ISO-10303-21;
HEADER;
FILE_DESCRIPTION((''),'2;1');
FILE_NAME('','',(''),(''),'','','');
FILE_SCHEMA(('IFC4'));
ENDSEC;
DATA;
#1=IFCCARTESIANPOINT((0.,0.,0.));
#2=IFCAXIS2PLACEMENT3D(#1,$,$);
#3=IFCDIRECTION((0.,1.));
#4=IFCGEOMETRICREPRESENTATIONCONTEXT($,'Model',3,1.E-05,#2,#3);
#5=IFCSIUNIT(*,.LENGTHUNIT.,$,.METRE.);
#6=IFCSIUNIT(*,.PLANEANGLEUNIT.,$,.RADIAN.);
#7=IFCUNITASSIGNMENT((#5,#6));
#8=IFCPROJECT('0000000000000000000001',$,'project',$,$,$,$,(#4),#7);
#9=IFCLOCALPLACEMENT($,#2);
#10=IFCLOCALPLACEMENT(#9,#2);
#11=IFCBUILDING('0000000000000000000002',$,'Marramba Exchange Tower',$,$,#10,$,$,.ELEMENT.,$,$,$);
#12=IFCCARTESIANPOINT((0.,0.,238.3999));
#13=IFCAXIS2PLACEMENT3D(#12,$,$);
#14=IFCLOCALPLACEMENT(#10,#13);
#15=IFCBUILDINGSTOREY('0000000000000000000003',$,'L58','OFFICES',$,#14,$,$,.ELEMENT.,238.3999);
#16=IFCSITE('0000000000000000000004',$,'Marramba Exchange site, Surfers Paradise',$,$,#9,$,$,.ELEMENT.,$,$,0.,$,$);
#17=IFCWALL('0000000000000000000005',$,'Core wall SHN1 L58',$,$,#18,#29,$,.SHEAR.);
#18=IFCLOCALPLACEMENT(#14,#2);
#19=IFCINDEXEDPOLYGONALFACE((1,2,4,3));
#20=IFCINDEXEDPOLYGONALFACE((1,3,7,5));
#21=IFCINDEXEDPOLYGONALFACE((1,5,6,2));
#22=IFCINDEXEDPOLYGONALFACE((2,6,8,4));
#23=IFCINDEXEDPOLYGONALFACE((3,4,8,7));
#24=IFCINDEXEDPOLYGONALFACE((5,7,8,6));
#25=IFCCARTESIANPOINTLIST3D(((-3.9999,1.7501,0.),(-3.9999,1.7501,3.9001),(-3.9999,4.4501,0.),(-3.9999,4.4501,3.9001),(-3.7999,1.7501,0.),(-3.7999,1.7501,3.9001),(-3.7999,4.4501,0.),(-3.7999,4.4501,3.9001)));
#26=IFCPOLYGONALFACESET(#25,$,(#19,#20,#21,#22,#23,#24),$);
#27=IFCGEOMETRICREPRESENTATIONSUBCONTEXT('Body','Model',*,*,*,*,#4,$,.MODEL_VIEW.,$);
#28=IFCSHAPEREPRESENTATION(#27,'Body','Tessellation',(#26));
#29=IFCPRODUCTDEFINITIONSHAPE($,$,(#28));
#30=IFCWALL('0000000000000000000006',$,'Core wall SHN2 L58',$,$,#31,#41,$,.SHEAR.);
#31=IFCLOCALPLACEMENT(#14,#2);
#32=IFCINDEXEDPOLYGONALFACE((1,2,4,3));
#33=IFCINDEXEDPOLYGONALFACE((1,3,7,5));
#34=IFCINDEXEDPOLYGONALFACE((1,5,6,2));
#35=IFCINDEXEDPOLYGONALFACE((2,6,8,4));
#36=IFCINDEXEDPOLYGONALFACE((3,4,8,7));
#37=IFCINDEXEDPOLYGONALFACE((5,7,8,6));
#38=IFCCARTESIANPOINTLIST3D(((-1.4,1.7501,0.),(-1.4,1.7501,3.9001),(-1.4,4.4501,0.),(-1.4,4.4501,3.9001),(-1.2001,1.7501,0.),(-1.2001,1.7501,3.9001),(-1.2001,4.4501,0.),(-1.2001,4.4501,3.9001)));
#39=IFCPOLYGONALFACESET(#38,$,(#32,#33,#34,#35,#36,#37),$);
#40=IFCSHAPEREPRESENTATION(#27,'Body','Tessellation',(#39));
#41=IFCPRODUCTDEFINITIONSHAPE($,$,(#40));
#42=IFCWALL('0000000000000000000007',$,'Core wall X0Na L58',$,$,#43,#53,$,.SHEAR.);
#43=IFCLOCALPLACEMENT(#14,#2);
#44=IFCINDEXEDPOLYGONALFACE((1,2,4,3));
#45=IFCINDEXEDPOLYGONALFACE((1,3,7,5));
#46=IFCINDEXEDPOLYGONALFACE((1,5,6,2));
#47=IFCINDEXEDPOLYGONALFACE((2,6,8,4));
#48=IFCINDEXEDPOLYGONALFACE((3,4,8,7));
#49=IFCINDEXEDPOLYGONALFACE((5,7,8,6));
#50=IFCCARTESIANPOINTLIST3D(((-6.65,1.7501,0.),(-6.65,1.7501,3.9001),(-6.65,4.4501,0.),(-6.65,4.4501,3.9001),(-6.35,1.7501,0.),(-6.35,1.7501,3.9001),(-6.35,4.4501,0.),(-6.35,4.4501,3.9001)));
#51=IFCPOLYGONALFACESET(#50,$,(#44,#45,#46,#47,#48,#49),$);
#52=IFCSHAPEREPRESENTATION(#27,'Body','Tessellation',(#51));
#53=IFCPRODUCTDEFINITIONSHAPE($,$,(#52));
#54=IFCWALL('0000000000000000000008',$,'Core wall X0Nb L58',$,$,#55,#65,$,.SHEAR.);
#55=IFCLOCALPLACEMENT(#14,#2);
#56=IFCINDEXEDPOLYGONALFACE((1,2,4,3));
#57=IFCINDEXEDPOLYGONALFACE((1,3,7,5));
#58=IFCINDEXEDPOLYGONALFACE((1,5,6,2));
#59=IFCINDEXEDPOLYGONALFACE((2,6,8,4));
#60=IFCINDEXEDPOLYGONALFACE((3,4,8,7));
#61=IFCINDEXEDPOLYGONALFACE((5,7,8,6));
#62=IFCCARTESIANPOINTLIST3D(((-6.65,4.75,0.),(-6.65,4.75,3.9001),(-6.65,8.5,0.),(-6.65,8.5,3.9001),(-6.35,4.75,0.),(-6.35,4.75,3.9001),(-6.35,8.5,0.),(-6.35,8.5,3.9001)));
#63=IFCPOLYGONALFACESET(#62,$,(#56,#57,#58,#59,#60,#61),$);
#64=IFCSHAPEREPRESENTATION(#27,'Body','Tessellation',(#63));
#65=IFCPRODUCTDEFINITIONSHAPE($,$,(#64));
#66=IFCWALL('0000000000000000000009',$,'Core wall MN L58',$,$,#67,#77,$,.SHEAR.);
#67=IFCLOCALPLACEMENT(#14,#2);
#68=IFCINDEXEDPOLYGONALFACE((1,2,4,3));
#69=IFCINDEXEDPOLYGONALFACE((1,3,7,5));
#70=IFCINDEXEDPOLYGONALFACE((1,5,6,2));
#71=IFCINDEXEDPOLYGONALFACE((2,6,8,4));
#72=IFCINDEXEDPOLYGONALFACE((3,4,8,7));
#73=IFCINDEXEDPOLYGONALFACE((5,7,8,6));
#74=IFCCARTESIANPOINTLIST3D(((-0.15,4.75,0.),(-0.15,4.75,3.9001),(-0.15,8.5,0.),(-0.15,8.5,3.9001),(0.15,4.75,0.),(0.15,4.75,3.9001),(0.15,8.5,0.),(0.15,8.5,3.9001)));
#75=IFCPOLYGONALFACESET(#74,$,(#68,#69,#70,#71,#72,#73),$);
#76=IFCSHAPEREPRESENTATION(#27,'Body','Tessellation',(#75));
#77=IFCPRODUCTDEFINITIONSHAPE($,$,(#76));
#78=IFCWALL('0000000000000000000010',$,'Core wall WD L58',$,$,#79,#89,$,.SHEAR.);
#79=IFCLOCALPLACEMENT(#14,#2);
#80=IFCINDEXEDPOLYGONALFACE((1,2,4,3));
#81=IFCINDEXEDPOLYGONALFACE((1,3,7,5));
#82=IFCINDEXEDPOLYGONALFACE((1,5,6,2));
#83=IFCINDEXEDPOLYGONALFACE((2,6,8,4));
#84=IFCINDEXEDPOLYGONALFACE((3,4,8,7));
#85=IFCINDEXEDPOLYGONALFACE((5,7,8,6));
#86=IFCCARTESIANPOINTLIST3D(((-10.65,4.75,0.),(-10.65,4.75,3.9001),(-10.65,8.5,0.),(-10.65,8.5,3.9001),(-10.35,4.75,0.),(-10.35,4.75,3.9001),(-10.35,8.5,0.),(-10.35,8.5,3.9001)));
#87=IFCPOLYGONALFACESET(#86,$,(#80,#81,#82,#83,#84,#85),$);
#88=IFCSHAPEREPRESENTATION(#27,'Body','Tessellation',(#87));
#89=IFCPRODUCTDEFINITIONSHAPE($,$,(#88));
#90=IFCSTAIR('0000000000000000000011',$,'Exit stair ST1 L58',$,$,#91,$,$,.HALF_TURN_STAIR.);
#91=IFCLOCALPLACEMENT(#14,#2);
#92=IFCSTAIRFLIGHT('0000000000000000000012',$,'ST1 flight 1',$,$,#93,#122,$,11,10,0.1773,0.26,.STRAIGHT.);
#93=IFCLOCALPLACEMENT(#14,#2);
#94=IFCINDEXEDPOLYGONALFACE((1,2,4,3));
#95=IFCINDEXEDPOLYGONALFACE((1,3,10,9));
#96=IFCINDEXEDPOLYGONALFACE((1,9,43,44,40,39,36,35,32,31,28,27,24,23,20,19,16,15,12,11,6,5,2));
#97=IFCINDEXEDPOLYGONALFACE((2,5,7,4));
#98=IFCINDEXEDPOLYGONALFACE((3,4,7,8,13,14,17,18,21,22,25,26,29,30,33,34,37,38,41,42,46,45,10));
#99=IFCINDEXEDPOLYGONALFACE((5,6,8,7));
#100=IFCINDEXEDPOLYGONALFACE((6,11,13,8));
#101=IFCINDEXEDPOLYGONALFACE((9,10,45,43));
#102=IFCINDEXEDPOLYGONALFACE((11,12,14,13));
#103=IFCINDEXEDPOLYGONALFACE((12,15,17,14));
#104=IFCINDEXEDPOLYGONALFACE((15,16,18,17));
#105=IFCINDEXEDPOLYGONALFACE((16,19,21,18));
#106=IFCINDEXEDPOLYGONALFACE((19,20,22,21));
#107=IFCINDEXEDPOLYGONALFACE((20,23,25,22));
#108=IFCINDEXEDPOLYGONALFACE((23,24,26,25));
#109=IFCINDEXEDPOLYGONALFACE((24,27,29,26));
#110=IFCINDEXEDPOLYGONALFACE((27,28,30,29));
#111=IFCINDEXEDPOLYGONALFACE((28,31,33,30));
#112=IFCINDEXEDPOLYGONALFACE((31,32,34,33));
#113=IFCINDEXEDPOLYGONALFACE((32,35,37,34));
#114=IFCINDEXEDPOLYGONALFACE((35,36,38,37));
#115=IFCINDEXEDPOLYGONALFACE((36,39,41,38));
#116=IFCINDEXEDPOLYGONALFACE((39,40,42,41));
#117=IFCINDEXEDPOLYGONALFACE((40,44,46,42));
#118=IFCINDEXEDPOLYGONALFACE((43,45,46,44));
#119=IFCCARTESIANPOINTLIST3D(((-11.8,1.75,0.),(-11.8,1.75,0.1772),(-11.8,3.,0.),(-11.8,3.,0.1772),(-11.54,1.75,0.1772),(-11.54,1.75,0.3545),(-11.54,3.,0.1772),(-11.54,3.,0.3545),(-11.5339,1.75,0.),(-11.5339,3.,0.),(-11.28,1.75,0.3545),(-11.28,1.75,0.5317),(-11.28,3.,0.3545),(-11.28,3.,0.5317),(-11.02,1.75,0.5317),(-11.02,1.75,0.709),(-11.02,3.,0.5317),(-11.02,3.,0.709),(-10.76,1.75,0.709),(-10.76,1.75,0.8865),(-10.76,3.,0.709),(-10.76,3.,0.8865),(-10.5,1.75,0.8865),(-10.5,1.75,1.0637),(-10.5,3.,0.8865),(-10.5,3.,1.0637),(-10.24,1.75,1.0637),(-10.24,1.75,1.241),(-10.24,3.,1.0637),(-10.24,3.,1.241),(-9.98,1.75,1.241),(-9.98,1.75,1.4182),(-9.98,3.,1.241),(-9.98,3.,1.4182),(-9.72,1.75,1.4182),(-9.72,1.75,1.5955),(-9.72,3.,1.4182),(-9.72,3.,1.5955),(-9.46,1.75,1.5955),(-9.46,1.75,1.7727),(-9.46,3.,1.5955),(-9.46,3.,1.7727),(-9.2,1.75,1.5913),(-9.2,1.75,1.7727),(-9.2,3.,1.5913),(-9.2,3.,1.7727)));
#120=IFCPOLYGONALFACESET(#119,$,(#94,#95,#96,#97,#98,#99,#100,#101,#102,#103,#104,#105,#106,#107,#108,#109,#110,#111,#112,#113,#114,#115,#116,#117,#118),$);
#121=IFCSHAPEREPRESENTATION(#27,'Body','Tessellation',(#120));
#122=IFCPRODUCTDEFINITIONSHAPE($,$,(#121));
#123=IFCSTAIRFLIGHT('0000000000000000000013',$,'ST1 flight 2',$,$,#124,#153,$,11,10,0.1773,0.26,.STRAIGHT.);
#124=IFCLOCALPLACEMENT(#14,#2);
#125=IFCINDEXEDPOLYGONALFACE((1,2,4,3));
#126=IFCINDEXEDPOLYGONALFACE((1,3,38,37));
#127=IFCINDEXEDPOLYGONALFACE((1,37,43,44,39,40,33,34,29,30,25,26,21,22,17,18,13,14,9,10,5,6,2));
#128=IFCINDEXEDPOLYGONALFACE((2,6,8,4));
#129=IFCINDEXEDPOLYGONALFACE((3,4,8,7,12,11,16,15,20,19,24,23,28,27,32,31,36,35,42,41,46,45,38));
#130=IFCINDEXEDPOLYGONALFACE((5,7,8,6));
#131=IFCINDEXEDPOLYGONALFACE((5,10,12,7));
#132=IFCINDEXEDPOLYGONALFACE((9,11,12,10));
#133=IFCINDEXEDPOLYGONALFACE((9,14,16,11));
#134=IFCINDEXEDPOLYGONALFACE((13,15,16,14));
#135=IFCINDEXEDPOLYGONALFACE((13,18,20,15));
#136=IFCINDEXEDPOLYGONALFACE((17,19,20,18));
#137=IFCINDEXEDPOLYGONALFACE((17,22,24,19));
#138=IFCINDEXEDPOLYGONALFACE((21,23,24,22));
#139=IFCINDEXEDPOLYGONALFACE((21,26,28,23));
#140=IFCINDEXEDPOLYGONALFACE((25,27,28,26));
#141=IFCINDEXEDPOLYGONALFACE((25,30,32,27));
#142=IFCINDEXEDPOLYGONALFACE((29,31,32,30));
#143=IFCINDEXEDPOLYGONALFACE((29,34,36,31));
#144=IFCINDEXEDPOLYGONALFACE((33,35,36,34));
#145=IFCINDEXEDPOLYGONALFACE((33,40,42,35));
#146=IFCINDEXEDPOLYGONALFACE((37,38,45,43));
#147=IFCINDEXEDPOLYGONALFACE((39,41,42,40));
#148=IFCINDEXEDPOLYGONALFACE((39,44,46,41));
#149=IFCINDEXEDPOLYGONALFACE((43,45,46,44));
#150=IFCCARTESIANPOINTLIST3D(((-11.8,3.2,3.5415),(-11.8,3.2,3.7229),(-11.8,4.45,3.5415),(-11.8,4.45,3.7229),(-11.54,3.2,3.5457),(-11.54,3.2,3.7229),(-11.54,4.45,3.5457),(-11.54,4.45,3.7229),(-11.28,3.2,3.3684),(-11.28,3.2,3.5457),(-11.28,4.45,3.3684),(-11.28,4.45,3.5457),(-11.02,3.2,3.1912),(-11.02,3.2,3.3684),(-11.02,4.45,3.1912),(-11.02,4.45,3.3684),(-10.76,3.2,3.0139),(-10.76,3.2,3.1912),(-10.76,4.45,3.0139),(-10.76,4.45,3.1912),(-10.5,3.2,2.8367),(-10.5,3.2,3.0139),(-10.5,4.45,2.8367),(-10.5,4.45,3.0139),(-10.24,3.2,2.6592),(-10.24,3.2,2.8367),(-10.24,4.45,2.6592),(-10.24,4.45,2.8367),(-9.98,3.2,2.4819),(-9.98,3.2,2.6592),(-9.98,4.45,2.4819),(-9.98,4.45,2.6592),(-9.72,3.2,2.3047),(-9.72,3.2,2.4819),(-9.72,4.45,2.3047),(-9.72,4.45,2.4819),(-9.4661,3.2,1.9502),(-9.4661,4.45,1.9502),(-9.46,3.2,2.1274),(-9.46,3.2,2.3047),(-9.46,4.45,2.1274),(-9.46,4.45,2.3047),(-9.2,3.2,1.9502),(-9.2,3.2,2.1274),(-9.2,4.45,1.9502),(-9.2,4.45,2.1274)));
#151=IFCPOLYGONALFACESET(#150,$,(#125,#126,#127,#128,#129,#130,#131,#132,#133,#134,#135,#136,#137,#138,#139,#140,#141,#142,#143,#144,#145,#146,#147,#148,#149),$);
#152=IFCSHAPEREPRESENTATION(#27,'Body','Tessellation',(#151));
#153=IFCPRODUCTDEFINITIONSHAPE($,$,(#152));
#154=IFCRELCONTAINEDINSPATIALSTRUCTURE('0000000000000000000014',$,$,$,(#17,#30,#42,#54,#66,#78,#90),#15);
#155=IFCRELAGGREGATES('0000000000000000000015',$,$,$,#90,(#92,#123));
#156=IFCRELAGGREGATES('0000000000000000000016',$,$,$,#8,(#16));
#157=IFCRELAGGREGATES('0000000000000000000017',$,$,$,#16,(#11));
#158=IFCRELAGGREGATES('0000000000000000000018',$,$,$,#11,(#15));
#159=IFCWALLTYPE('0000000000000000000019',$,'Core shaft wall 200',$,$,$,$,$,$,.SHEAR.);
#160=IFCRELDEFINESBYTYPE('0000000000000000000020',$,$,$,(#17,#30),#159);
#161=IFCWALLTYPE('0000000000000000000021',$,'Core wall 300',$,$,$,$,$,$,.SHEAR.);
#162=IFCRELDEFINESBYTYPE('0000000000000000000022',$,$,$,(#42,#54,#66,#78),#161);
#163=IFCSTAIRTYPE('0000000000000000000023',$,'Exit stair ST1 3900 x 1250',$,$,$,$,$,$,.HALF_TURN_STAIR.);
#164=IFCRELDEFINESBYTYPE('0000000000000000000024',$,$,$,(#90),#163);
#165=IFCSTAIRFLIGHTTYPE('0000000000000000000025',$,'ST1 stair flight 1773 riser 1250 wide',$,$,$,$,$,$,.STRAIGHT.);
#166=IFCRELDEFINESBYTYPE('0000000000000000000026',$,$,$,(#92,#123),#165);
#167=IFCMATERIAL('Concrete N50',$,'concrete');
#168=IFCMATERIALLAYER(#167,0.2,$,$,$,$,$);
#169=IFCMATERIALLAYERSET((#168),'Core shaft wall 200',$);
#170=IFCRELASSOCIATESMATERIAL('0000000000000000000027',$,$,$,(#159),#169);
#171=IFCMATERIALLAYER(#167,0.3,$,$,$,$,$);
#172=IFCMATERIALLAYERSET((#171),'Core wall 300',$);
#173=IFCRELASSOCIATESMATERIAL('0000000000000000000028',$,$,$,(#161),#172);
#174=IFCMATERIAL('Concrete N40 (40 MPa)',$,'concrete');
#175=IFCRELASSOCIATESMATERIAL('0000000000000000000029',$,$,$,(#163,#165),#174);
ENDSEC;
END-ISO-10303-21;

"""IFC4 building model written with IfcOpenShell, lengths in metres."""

from ifc_helpers import new_model, si_unit, direction, frame, frame_2d, origin, place, context, subcontext, project, spatial, polyline, rectangle, outline, extrude, material, layer, layer_set, type_object, element, aggregate, save


model = new_model("IFC4")

# Units and contexts
model_context = context("Model", 3, precision=1e-05, world=origin(), true_north=direction((0.0, 1.0)))
body_context = subcontext(model_context, "Body", "Model", "MODEL_VIEW")
ifc_project = project(units=[si_unit("LENGTHUNIT", "METRE"), si_unit("PLANEANGLEUNIT", "RADIAN")], contexts=[model_context])

# Site, building, storey
site_placement = place(None, origin())
site = spatial("IfcSite", under=ifc_project, at=site_placement, Name="Marramba Exchange site, Surfers Paradise", CompositionType="ELEMENT", RefElevation=0.0)
building_placement = place(site_placement, origin())
building = spatial("IfcBuilding", under=site, at=building_placement, Name="Marramba Exchange Tower", CompositionType="ELEMENT")
storey_placement = place(building_placement, frame((0.0, 0.0, 238.3999)))
storey = spatial("IfcBuildingStorey", under=building, at=storey_placement, Name="L58", Description="OFFICES", CompositionType="ELEMENT", Elevation=238.3999)

# Shared definitions
ifc_material_1 = material(Name="Concrete N50", Category="concrete")

# Walls
ifc_layer_1 = layer(ifc_material_1, 0.2)
ifc_layer_set_1 = layer_set([ifc_layer_1], Name="Core shaft wall 200")
wall_type_1 = type_object("IfcWallType", Name="Core shaft wall 200", PredefinedType="SHEAR", material=ifc_layer_set_1)
for number, where, z_axis, x_axis, name in (
    (1, (-3.8999, 1.75, 0.0), (0.0, 0.0, 1.0), (0.0, 1.0, 0.0), "Core wall SHN1 L58"),
    (2, (-1.3, 1.75, 0.0), (0.0, 0.0, 1.0), (0.0, 1.0, 0.0), "Core wall SHN2 L58"),
):
    element("IfcWall", number, at=place(storey_placement, frame(where, z_axis=z_axis, x_axis=x_axis)), inside=storey, type_object=wall_type_1, Name=name, PredefinedType="SHEAR", context=body_context, shape_type="SweptSolid", body=[
        extrude(rectangle(XDim=2.7, YDim=0.2, at=frame_2d((1.3501, 0.0))), origin(), (0.0, 0.0, 1.0), 3.9001),
    ])
ifc_layer_2 = layer(ifc_material_1, 0.3)
ifc_layer_set_2 = layer_set([ifc_layer_2], Name="Core wall 300")
wall_type_2 = type_object("IfcWallType", Name="Core wall 300", PredefinedType="SHEAR", material=ifc_layer_set_2)
wall_1_placement = place(storey_placement, frame((-6.5, 1.75, 0.0), z_axis=(0.0, 0.0, 1.0), x_axis=(0.0, 1.0, 0.0)))
element("IfcWall", 3, at=wall_1_placement, inside=storey, type_object=wall_type_2, Name="Core wall X0Na L58", PredefinedType="SHEAR", context=body_context, shape_type="SweptSolid", body=[
    extrude(rectangle(XDim=2.7, YDim=0.3, at=frame_2d((1.3501, 0.0))), origin(), (0.0, 0.0, 1.0), 3.9001),
])
for number, where, z_axis, x_axis, name in (
    (4, (-6.5, 4.75, 0.0), (0.0, 0.0, 1.0), (0.0, 1.0, 0.0), "Core wall X0Nb L58"),
    (5, (0.0, 4.75, 0.0), (0.0, 0.0, 1.0), (0.0, 1.0, 0.0), "Core wall MN L58"),
    (6, (-10.5, 4.75, 0.0), (0.0, 0.0, 1.0), (0.0, 1.0, 0.0), "Core wall WD L58"),
):
    element("IfcWall", number, at=place(storey_placement, frame(where, z_axis=z_axis, x_axis=x_axis)), inside=storey, type_object=wall_type_2, Name=name, PredefinedType="SHEAR", context=body_context, shape_type="SweptSolid", body=[
        extrude(rectangle(XDim=3.75, YDim=0.3, at=frame_2d((1.875, 0.0))), origin(), (0.0, 0.0, 1.0), 3.9001),
    ])

# Stair, stair flights
ifc_material_2 = material(Name="Concrete N40 (40 MPa)", Category="concrete")
stair_type = type_object("IfcStairType", Name="Exit stair ST1 3900 x 1250", PredefinedType="HALF_TURN_STAIR", material=ifc_material_2)
stair_placement = place(storey_placement, origin())
stair = element("IfcStair", 7, at=stair_placement, inside=storey, type_object=stair_type, Name="Exit stair ST1 L58", PredefinedType="HALF_TURN_STAIR")
stair_flight_type = type_object("IfcStairFlightType", Name="ST1 stair flight 1773 riser 1250 wide", PredefinedType="STRAIGHT", material=ifc_material_2)
stair_flight_1_placement = place(storey_placement, frame((-11.8, 2.375, 0.0), z_axis=(0.0, 0.0, 1.0), x_axis=(1.0, 0.0, 0.0)))
stair_flight_1 = element("IfcStairFlight", 8, at=stair_flight_1_placement, type_object=stair_flight_type, Name="ST1 flight 1", NumberOfRisers=11, NumberOfTreads=10, PredefinedType="STRAIGHT", RiserHeight=0.1773, TreadLength=0.26, context=body_context, shape_type="SweptSolid", body=[
    extrude(outline(polyline([(0.0, 0.0), (0.0, 0.1772), (0.26, 0.1772), (0.26, 0.3545), (0.52, 0.3545), (0.52, 0.5317), (0.78, 0.5317), (0.78, 0.709), (1.04, 0.709), (1.04, 0.8865), (1.3, 0.8865), (1.3, 1.0637), (1.5601, 1.0637), (1.5601, 1.241), (1.8201, 1.241), (1.8201, 1.4182), (2.0801, 1.4182), (2.0801, 1.5955), (2.3401, 1.5955), (2.3401, 1.7727), (2.6001, 1.7727), (2.6001, 1.95), (2.6001, 1.5913), (0.2661, 0.0), (0.0, 0.0)])), frame((0.0, 0.625, 0.0), z_axis=(0.0, -1.0, 0.0), x_axis=(1.0, 0.0, 0.0)), (0.0, 0.0, 1.0), 1.25),
])
stair_flight_2_placement = place(storey_placement, frame((-9.2, 3.825, 1.9502), z_axis=(0.0, 0.0, 1.0), x_axis=(-1.0, 0.0, 0.0)))
stair_flight_2 = element("IfcStairFlight", 9, at=stair_flight_2_placement, type_object=stair_flight_type, Name="ST1 flight 2", NumberOfRisers=11, NumberOfTreads=10, PredefinedType="STRAIGHT", RiserHeight=0.1773, TreadLength=0.26, context=body_context, shape_type="SweptSolid", body=[
    extrude(outline(polyline([(0.0, 0.0), (0.0, 0.1772), (0.26, 0.1772), (0.26, 0.3545), (0.52, 0.3545), (0.52, 0.5317), (0.78, 0.5317), (0.78, 0.709), (1.04, 0.709), (1.04, 0.8865), (1.3, 0.8865), (1.3, 1.0637), (1.5601, 1.0637), (1.5601, 1.241), (1.8201, 1.241), (1.8201, 1.4182), (2.0801, 1.4182), (2.0801, 1.5955), (2.3401, 1.5955), (2.3401, 1.7727), (2.6001, 1.7727), (2.6001, 1.95), (2.6001, 1.5913), (0.2661, 0.0), (0.0, 0.0)])), frame((0.0, 0.625, 0.0), z_axis=(0.0, -1.0, 0.0), x_axis=(1.0, 0.0, 0.0)), (0.0, 0.0, 1.0), 1.25),
])
aggregate(stair, [stair_flight_1, stair_flight_2])

save(model, "model.ifc")
